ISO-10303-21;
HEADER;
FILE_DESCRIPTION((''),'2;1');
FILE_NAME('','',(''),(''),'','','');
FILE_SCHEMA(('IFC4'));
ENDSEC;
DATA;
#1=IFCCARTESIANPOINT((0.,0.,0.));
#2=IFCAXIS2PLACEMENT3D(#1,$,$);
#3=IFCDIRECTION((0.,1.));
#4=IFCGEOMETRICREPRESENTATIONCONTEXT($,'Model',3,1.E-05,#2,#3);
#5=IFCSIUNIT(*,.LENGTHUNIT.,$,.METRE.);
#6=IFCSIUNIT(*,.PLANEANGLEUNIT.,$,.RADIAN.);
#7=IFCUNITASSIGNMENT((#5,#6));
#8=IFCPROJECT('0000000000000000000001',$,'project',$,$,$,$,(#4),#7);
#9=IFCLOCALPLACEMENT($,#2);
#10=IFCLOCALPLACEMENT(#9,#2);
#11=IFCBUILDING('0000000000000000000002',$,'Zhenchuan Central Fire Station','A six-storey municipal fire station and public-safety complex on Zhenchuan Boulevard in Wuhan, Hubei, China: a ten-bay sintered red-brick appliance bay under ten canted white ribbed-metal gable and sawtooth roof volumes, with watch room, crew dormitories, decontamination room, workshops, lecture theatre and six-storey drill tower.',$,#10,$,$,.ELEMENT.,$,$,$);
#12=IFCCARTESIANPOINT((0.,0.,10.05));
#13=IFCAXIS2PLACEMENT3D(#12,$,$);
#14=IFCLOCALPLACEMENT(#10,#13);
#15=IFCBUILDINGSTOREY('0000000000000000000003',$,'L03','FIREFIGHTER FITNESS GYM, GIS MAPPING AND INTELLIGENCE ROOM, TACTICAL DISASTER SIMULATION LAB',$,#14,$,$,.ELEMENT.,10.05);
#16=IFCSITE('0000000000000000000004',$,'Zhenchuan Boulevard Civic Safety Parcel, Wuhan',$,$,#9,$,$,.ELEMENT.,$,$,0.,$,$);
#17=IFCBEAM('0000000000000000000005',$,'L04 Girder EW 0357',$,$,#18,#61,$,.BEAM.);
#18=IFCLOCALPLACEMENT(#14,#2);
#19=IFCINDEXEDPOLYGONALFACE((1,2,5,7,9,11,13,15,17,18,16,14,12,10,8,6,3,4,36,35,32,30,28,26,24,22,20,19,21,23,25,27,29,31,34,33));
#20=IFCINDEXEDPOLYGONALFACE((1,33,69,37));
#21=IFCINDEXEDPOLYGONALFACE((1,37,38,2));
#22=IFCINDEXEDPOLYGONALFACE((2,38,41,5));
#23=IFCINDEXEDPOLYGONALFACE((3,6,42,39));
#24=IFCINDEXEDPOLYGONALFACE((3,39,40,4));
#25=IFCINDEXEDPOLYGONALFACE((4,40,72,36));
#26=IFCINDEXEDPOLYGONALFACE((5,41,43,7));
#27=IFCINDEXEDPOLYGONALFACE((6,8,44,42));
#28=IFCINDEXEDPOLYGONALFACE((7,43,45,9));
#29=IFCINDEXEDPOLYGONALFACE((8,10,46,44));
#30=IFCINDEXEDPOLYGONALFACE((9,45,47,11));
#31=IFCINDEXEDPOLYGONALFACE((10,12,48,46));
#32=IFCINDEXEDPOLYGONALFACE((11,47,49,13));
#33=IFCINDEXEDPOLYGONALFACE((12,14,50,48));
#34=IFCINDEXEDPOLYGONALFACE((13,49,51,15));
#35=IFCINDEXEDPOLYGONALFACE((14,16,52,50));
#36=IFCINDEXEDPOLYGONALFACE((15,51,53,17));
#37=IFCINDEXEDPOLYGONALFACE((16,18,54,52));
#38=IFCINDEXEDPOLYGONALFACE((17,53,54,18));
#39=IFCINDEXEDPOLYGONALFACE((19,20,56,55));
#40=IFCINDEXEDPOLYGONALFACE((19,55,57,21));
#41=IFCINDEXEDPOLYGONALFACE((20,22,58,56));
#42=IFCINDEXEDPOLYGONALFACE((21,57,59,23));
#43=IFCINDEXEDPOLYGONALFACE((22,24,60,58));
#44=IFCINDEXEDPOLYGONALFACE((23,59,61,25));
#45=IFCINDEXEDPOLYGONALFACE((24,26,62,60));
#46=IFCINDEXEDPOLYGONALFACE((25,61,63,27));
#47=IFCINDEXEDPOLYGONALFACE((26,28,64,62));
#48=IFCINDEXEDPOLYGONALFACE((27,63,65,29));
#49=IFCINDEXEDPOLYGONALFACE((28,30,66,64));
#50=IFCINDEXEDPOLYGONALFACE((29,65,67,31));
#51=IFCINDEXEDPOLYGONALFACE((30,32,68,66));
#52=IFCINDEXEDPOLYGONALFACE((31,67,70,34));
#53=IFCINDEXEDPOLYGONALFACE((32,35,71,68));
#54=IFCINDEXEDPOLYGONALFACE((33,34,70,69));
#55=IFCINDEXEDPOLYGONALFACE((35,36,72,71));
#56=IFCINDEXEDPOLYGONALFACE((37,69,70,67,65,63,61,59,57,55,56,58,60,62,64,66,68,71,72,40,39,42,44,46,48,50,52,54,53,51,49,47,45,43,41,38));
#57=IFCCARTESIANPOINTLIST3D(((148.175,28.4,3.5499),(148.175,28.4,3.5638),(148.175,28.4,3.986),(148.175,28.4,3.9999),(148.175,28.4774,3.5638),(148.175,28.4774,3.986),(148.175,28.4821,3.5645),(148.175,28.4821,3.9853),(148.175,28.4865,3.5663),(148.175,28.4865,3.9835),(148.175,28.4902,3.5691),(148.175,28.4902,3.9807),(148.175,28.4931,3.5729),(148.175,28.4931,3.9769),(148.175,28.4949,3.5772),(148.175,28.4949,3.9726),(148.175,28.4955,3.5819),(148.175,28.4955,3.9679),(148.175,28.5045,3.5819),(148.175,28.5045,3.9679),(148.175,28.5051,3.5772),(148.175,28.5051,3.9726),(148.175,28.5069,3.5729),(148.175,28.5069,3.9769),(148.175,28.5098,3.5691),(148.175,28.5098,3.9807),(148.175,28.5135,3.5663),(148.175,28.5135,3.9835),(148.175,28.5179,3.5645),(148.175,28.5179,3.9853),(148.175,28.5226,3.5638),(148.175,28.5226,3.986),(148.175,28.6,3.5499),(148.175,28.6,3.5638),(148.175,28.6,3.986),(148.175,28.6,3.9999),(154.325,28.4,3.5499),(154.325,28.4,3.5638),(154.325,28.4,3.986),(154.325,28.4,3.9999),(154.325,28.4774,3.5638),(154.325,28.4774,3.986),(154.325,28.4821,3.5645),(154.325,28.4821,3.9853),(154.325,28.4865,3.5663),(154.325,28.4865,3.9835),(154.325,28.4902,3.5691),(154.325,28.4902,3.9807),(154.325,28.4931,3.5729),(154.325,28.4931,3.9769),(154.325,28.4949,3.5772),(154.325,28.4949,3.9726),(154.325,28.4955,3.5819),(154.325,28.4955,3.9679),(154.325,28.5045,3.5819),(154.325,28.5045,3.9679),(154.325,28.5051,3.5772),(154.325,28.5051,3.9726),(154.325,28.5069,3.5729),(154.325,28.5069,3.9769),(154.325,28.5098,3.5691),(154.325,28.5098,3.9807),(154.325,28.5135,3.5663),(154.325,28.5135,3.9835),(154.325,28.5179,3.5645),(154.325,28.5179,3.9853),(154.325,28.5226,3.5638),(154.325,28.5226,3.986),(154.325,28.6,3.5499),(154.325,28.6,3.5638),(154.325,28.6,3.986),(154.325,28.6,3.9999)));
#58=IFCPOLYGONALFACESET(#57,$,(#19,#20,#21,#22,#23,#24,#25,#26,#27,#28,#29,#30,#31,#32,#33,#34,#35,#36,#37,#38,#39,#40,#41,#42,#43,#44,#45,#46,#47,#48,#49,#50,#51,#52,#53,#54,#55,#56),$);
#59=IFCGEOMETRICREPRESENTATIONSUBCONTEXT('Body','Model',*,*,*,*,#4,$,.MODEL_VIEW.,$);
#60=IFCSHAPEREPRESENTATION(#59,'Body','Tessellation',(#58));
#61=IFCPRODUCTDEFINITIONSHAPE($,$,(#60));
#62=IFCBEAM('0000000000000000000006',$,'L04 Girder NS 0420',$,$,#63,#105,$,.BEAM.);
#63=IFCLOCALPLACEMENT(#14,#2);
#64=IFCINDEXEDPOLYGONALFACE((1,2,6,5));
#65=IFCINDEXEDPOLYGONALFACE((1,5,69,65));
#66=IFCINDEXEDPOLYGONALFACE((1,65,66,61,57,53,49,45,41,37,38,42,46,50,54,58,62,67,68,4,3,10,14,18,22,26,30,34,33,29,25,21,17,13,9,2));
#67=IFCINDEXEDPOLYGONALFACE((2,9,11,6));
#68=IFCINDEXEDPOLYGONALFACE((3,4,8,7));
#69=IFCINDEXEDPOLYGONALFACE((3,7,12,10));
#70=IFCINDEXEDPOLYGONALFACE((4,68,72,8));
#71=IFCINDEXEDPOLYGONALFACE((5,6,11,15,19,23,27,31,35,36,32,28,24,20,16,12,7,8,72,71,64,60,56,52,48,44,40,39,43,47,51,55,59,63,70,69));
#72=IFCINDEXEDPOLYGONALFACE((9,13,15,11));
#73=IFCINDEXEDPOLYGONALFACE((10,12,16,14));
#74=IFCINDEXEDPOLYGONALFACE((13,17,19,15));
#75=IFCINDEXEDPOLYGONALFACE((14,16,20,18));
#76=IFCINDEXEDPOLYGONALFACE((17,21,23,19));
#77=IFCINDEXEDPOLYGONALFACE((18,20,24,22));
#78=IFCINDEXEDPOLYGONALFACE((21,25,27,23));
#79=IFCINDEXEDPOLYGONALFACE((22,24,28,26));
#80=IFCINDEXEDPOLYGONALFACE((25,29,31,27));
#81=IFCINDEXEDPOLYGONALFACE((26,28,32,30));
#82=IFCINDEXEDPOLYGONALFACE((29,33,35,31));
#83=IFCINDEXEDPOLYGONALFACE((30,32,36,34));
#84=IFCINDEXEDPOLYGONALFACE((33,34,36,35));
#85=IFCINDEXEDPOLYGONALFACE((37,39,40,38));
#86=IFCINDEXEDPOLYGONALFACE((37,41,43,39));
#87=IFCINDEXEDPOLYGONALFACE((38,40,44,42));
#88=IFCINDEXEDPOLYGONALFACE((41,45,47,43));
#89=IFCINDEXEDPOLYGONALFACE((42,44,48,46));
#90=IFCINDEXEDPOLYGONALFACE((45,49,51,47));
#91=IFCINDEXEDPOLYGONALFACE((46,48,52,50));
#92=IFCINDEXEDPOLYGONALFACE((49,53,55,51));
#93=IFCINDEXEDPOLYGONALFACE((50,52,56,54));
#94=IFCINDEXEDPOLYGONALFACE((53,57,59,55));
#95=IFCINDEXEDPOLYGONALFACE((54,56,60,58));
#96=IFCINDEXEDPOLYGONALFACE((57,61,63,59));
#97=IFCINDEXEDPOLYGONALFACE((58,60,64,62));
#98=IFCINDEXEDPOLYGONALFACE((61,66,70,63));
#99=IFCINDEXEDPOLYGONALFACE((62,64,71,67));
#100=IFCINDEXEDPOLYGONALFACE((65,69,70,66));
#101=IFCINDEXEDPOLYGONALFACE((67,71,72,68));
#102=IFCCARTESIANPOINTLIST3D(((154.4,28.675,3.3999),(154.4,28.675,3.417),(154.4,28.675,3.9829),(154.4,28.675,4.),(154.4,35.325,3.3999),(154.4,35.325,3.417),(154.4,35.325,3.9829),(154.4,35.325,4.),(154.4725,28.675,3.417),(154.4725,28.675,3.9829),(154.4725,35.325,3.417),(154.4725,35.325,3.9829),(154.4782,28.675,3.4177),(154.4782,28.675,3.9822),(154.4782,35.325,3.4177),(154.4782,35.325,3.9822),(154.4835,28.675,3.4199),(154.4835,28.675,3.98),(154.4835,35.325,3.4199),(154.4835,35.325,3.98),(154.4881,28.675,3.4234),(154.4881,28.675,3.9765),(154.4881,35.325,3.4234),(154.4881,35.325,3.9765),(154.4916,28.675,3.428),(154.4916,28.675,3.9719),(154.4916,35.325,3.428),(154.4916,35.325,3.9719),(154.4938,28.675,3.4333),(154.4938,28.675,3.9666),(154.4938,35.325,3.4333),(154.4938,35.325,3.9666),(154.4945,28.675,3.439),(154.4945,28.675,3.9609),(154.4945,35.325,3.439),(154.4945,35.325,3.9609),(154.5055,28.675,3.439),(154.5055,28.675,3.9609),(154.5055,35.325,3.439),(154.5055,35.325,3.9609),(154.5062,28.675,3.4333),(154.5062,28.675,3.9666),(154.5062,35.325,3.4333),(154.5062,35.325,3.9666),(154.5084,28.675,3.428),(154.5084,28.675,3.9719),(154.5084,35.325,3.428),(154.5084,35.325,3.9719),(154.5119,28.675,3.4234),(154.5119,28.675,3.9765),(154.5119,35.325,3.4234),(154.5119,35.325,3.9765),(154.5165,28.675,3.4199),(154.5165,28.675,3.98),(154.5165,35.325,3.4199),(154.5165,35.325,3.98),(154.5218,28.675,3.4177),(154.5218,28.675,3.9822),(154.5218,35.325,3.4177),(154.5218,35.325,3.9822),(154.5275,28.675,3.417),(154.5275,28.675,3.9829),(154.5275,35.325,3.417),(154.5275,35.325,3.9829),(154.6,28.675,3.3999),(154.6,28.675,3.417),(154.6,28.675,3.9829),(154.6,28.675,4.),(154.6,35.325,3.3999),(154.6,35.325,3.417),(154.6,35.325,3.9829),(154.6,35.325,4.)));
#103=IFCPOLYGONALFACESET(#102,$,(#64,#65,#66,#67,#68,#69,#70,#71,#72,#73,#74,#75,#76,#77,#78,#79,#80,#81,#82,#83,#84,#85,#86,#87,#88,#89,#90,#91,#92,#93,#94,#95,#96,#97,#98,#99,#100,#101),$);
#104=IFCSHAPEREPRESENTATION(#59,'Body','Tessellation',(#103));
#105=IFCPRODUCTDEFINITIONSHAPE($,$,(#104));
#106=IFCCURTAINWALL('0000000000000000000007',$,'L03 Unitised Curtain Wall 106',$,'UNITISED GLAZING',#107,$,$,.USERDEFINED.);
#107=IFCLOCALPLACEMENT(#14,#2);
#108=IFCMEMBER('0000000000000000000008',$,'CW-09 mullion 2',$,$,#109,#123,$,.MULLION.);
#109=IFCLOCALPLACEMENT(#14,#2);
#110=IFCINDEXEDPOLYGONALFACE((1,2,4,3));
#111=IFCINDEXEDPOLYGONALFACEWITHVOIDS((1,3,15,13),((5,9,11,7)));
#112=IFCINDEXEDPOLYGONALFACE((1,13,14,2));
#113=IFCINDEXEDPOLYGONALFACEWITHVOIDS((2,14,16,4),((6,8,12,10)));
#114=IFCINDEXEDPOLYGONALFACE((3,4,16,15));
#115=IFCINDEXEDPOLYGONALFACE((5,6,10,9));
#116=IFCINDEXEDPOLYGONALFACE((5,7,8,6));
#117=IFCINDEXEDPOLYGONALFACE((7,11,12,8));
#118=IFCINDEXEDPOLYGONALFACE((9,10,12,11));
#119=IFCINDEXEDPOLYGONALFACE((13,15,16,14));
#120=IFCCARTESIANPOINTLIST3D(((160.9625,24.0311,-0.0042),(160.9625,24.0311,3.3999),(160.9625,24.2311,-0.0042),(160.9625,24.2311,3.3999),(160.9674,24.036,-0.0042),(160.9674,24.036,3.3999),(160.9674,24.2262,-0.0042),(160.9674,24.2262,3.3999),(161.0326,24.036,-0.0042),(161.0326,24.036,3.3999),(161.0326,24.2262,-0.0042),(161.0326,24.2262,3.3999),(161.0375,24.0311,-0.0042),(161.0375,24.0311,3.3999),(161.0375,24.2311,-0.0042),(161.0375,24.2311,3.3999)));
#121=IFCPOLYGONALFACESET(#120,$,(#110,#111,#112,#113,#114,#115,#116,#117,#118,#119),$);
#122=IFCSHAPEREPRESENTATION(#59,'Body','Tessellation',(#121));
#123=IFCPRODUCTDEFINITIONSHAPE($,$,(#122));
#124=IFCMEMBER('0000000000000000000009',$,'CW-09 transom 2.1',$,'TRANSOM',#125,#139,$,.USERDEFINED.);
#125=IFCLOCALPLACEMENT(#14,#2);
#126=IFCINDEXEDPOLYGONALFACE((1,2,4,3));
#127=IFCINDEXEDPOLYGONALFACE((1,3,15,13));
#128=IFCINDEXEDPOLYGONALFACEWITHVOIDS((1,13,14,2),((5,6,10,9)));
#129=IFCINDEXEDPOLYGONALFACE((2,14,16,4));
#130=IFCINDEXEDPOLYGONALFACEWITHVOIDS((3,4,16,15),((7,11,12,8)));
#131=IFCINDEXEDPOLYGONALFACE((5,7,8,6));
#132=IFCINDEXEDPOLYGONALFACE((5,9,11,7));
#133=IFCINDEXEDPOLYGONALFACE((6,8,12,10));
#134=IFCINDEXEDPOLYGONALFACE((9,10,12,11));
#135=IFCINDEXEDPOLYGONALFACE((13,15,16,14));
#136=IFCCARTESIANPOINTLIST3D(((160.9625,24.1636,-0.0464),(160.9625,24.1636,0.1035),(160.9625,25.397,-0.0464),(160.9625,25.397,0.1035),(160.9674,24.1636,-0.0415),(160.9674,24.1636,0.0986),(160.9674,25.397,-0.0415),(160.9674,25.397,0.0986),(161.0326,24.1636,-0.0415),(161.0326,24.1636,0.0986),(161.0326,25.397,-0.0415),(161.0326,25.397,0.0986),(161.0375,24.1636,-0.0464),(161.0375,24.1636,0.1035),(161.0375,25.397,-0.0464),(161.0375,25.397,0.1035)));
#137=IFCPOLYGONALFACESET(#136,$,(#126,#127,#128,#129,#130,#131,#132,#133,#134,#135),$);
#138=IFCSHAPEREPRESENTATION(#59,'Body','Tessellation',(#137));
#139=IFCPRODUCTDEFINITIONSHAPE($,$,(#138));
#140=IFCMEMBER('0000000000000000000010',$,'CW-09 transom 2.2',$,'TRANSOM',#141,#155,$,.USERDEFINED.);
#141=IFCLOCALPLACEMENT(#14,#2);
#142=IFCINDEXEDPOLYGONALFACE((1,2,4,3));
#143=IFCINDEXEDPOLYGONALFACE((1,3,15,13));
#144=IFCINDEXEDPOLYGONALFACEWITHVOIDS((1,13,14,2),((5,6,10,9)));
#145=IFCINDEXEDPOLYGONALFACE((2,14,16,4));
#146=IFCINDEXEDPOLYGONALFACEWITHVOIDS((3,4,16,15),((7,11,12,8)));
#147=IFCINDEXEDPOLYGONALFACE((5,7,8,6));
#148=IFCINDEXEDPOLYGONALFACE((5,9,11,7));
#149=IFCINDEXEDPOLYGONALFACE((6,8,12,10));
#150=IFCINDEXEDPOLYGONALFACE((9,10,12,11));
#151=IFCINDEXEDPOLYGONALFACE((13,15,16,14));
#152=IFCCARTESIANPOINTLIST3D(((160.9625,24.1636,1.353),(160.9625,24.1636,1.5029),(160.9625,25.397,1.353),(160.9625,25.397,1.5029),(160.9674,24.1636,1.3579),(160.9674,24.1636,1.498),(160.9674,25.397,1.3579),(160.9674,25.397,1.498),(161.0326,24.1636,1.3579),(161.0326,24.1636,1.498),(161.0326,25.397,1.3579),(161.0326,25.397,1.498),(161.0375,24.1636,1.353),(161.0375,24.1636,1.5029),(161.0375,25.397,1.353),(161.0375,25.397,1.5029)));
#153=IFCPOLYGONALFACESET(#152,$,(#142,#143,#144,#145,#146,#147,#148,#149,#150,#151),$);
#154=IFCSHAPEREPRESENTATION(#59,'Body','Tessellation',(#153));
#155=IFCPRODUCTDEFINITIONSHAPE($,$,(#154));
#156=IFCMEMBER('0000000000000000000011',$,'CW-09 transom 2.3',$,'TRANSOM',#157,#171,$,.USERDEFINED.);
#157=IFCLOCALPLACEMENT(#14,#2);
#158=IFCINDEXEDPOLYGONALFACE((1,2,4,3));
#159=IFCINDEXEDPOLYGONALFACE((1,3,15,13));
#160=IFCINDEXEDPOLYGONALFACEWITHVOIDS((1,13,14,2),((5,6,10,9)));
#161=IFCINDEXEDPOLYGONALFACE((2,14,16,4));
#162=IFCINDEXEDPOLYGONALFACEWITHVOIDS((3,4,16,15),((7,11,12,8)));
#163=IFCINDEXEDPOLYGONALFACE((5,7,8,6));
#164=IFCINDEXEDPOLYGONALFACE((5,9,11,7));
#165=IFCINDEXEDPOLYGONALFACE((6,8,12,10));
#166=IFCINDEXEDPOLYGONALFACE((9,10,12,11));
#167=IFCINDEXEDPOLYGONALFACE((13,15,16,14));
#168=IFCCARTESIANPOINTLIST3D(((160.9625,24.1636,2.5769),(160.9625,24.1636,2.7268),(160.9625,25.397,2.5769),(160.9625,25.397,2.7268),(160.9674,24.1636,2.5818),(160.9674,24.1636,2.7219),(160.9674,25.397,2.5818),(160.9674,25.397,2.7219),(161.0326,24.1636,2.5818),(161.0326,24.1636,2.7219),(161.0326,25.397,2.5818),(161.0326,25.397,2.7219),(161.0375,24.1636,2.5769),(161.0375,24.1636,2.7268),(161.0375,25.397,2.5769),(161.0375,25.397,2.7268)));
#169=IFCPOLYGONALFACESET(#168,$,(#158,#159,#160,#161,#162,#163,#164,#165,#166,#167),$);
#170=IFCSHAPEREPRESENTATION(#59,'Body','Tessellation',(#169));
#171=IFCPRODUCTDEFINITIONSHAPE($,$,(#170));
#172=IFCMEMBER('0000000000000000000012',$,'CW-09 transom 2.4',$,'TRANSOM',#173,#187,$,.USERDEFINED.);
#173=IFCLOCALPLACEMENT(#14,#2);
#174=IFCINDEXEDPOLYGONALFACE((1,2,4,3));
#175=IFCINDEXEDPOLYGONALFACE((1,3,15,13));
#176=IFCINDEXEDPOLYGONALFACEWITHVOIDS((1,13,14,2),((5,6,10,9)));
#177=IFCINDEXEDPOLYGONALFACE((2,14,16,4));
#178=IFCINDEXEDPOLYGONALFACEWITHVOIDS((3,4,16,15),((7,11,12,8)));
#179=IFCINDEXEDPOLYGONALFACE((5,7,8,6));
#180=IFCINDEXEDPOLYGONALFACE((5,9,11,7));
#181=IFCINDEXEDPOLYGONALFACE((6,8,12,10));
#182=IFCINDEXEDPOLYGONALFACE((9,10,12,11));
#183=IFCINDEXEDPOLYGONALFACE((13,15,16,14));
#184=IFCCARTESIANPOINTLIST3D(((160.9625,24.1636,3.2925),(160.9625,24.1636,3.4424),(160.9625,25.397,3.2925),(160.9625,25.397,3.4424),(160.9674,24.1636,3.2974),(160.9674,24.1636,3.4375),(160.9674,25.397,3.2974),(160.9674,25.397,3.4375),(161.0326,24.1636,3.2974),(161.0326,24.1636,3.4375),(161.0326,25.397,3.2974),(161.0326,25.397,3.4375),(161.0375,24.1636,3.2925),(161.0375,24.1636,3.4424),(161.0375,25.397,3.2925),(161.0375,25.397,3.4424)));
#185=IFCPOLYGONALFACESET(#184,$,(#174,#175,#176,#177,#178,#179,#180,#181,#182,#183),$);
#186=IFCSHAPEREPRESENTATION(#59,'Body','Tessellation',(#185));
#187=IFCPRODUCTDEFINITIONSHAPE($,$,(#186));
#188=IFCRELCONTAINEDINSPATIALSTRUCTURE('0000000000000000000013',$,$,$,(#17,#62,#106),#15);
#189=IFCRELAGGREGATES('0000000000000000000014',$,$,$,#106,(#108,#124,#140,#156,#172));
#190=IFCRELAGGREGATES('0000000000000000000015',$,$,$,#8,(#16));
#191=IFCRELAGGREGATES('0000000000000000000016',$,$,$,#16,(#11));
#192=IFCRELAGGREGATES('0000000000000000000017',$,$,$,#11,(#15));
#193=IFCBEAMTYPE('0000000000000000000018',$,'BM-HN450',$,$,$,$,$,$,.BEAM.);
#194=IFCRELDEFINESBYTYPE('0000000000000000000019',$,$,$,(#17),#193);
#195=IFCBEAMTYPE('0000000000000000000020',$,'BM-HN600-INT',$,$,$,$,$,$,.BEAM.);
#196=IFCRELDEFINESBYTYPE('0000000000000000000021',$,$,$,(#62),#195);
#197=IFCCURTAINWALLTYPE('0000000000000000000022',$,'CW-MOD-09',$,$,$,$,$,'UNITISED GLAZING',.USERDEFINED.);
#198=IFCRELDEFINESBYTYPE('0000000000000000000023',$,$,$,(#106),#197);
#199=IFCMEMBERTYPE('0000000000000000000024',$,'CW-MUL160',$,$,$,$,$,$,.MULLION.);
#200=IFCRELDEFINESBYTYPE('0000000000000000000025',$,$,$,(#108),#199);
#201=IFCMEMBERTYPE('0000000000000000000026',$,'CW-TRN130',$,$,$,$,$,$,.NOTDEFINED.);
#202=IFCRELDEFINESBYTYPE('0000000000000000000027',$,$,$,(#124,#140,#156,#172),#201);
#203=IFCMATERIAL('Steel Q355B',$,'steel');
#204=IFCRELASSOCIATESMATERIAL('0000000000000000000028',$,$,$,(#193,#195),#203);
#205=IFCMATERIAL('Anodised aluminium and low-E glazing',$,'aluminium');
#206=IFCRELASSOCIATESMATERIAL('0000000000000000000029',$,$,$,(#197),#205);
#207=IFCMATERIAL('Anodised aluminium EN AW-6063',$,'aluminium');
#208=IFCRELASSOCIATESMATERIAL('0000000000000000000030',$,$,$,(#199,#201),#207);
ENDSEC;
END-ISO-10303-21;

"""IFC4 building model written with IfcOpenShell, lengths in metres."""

from ifc_helpers import new_model, si_unit, direction, frame, origin, origin_2d, place, context, subcontext, project, spatial, hollow_rectangle, i_section, extrude, material, material_profile, profile_set, type_object, element, aggregate, save


model = new_model("IFC4")

# Units and contexts
model_context = context("Model", 3, precision=1e-05, world=origin(), true_north=direction((0.0, 1.0)))
body_context = subcontext(model_context, "Body", "Model", "MODEL_VIEW")
ifc_project = project(units=[si_unit("LENGTHUNIT", "METRE"), si_unit("PLANEANGLEUNIT", "RADIAN")], contexts=[model_context])

# Site, building, storey
site_placement = place(None, origin())
site = spatial("IfcSite", under=ifc_project, at=site_placement, Name="Zhenchuan Boulevard Civic Safety Parcel, Wuhan", CompositionType="ELEMENT", RefElevation=0.0)
building_placement = place(site_placement, origin())
building = spatial("IfcBuilding", under=site, at=building_placement, Name="Zhenchuan Central Fire Station", Description="A six-storey municipal fire station and public-safety complex on Zhenchuan Boulevard in Wuhan, Hubei, China: a ten-bay sintered red-brick appliance bay under ten canted white ribbed-metal gable and sawtooth roof volumes, with watch room, crew dormitories, decontamination room, workshops, lecture theatre and six-storey drill tower.", CompositionType="ELEMENT")
storey_placement = place(building_placement, frame((0.0, 0.0, 10.05)))
storey = spatial("IfcBuildingStorey", under=building, at=storey_placement, Name="L03", Description="FIREFIGHTER FITNESS GYM, GIS MAPPING AND INTELLIGENCE ROOM, TACTICAL DISASTER SIMULATION LAB", CompositionType="ELEMENT", Elevation=10.05)

# Shared definitions
ifc_material_1 = material(Name="Steel Q355B", Category="steel")

# Beams
ifc_material_profile_1 = material_profile(ifc_material_1, i_section(OverallWidth=0.2, OverallDepth=0.45, WebThickness=0.009, FlangeThickness=0.0139, FilletRadius=0.0181, at=origin_2d()), Name="HN 450x200")
ifc_profile_set_1 = profile_set([ifc_material_profile_1], Name="Steel Q355B")
beam_type_1 = type_object("IfcBeamType", Name="BM-HN450", PredefinedType="BEAM", material=ifc_profile_set_1)
beam_1_placement = place(storey_placement, frame((148.175, 28.5, 3.7749), z_axis=(1.0, 0.0, 0.0), x_axis=(0.0, 1.0, 0.0)))
element("IfcBeam", 1, at=beam_1_placement, inside=storey, type_object=beam_type_1, Name="L04 Girder EW 0357", PredefinedType="BEAM", context=body_context, shape_type="SweptSolid", body=[
    extrude(i_section(OverallWidth=0.2, OverallDepth=0.45, WebThickness=0.009, FlangeThickness=0.0139, FilletRadius=0.0181, at=origin_2d()), origin(), (0.0, 0.0, 1.0), 6.1499),
])
ifc_material_profile_2 = material_profile(ifc_material_1, i_section(OverallWidth=0.2, OverallDepth=0.6001, WebThickness=0.011, FlangeThickness=0.0171, FilletRadius=0.022, at=origin_2d()), Name="HN 600x200")
ifc_profile_set_2 = profile_set([ifc_material_profile_2], Name="Steel Q355B")
beam_type_2 = type_object("IfcBeamType", Name="BM-HN600-INT", PredefinedType="BEAM", material=ifc_profile_set_2)
beam_2_placement = place(storey_placement, frame((154.5, 28.675, 3.7), z_axis=(0.0, 1.0, 0.0), x_axis=(-1.0, 0.0, 0.0)))
element("IfcBeam", 2, at=beam_2_placement, inside=storey, type_object=beam_type_2, Name="L04 Girder NS 0420", PredefinedType="BEAM", context=body_context, shape_type="SweptSolid", body=[
    extrude(i_section(OverallWidth=0.2, OverallDepth=0.6001, WebThickness=0.011, FlangeThickness=0.0171, FilletRadius=0.022, at=origin_2d()), origin(), (0.0, 0.0, 1.0), 6.6499),
])

# Curtain wall, members
ifc_material_2 = material(Name="Anodised aluminium and low-E glazing", Category="aluminium")
curtain_wall_type = type_object("IfcCurtainWallType", Name="CW-MOD-09", ElementType="UNITISED GLAZING", PredefinedType="USERDEFINED", material=ifc_material_2)
curtain_wall_placement = place(storey_placement, origin())
curtain_wall = element("IfcCurtainWall", 3, at=curtain_wall_placement, inside=storey, type_object=curtain_wall_type, Name="L03 Unitised Curtain Wall 106", ObjectType="UNITISED GLAZING", PredefinedType="USERDEFINED")
ifc_material_3 = material(Name="Anodised aluminium EN AW-6063", Category="aluminium")
ifc_material_profile_3 = material_profile(ifc_material_3, hollow_rectangle(XDim=0.075, YDim=0.2, WallThickness=0.0049, at=origin_2d()), Name="ALU-M 200x75")
ifc_profile_set_3 = profile_set([ifc_material_profile_3], Name="Anodised aluminium EN AW-6063")
member_type_1 = type_object("IfcMemberType", Name="CW-MUL160", PredefinedType="MULLION", material=ifc_profile_set_3)
member_1_placement = place(storey_placement, frame((161.0, 24.1311, -0.0042), z_axis=(0.0, 0.0, 1.0), x_axis=(-1.0, 0.0, 0.0)))
member_1 = element("IfcMember", 4, at=member_1_placement, type_object=member_type_1, Name="CW-09 mullion 2", PredefinedType="MULLION", context=body_context, shape_type="SweptSolid", body=[
    extrude(hollow_rectangle(XDim=0.075, YDim=0.2, WallThickness=0.0049, at=origin_2d()), origin(), (0.0, 0.0, 1.0), 3.4041),
])
ifc_material_profile_4 = material_profile(ifc_material_3, hollow_rectangle(XDim=0.075, YDim=0.1499, WallThickness=0.0049, at=origin_2d()), Name="ALU-T 150x75")
ifc_profile_set_4 = profile_set([ifc_material_profile_4], Name="Anodised aluminium EN AW-6063")
member_type_2 = type_object("IfcMemberType", Name="CW-TRN130", PredefinedType="NOTDEFINED", material=ifc_profile_set_4)
member_2_placement = place(storey_placement, frame((161.0, 24.1636, 0.0286), z_axis=(0.0, 1.0, 0.0), x_axis=(-1.0, 0.0, 0.0)))
member_2 = element("IfcMember", 5, at=member_2_placement, type_object=member_type_2, Name="CW-09 transom 2.1", ObjectType="TRANSOM", PredefinedType="USERDEFINED", context=body_context, shape_type="SweptSolid", body=[
    extrude(hollow_rectangle(XDim=0.075, YDim=0.1499, WallThickness=0.0049, at=origin_2d()), origin(), (0.0, 0.0, 1.0), 1.2334),
])
member_3_placement = place(storey_placement, frame((161.0, 24.1636, 1.428), z_axis=(0.0, 1.0, 0.0), x_axis=(-1.0, 0.0, 0.0)))
member_3 = element("IfcMember", 6, at=member_3_placement, type_object=member_type_2, Name="CW-09 transom 2.2", ObjectType="TRANSOM", PredefinedType="USERDEFINED", context=body_context, shape_type="SweptSolid", body=[
    extrude(hollow_rectangle(XDim=0.075, YDim=0.1499, WallThickness=0.0049, at=origin_2d()), origin(), (0.0, 0.0, 1.0), 1.2334),
])
member_4_placement = place(storey_placement, frame((161.0, 24.1636, 2.6519), z_axis=(0.0, 1.0, 0.0), x_axis=(-1.0, 0.0, 0.0)))
member_4 = element("IfcMember", 7, at=member_4_placement, type_object=member_type_2, Name="CW-09 transom 2.3", ObjectType="TRANSOM", PredefinedType="USERDEFINED", context=body_context, shape_type="SweptSolid", body=[
    extrude(hollow_rectangle(XDim=0.075, YDim=0.1499, WallThickness=0.0049, at=origin_2d()), origin(), (0.0, 0.0, 1.0), 1.2334),
])
member_5_placement = place(storey_placement, frame((161.0, 24.1636, 3.3674), z_axis=(0.0, 1.0, 0.0), x_axis=(-1.0, 0.0, 0.0)))
member_5 = element("IfcMember", 8, at=member_5_placement, type_object=member_type_2, Name="CW-09 transom 2.4", ObjectType="TRANSOM", PredefinedType="USERDEFINED", context=body_context, shape_type="SweptSolid", body=[
    extrude(hollow_rectangle(XDim=0.075, YDim=0.1499, WallThickness=0.0049, at=origin_2d()), origin(), (0.0, 0.0, 1.0), 1.2334),
])

aggregate(curtain_wall, [member_1, member_2, member_3, member_4, member_5])

save(model, "model.ifc")
